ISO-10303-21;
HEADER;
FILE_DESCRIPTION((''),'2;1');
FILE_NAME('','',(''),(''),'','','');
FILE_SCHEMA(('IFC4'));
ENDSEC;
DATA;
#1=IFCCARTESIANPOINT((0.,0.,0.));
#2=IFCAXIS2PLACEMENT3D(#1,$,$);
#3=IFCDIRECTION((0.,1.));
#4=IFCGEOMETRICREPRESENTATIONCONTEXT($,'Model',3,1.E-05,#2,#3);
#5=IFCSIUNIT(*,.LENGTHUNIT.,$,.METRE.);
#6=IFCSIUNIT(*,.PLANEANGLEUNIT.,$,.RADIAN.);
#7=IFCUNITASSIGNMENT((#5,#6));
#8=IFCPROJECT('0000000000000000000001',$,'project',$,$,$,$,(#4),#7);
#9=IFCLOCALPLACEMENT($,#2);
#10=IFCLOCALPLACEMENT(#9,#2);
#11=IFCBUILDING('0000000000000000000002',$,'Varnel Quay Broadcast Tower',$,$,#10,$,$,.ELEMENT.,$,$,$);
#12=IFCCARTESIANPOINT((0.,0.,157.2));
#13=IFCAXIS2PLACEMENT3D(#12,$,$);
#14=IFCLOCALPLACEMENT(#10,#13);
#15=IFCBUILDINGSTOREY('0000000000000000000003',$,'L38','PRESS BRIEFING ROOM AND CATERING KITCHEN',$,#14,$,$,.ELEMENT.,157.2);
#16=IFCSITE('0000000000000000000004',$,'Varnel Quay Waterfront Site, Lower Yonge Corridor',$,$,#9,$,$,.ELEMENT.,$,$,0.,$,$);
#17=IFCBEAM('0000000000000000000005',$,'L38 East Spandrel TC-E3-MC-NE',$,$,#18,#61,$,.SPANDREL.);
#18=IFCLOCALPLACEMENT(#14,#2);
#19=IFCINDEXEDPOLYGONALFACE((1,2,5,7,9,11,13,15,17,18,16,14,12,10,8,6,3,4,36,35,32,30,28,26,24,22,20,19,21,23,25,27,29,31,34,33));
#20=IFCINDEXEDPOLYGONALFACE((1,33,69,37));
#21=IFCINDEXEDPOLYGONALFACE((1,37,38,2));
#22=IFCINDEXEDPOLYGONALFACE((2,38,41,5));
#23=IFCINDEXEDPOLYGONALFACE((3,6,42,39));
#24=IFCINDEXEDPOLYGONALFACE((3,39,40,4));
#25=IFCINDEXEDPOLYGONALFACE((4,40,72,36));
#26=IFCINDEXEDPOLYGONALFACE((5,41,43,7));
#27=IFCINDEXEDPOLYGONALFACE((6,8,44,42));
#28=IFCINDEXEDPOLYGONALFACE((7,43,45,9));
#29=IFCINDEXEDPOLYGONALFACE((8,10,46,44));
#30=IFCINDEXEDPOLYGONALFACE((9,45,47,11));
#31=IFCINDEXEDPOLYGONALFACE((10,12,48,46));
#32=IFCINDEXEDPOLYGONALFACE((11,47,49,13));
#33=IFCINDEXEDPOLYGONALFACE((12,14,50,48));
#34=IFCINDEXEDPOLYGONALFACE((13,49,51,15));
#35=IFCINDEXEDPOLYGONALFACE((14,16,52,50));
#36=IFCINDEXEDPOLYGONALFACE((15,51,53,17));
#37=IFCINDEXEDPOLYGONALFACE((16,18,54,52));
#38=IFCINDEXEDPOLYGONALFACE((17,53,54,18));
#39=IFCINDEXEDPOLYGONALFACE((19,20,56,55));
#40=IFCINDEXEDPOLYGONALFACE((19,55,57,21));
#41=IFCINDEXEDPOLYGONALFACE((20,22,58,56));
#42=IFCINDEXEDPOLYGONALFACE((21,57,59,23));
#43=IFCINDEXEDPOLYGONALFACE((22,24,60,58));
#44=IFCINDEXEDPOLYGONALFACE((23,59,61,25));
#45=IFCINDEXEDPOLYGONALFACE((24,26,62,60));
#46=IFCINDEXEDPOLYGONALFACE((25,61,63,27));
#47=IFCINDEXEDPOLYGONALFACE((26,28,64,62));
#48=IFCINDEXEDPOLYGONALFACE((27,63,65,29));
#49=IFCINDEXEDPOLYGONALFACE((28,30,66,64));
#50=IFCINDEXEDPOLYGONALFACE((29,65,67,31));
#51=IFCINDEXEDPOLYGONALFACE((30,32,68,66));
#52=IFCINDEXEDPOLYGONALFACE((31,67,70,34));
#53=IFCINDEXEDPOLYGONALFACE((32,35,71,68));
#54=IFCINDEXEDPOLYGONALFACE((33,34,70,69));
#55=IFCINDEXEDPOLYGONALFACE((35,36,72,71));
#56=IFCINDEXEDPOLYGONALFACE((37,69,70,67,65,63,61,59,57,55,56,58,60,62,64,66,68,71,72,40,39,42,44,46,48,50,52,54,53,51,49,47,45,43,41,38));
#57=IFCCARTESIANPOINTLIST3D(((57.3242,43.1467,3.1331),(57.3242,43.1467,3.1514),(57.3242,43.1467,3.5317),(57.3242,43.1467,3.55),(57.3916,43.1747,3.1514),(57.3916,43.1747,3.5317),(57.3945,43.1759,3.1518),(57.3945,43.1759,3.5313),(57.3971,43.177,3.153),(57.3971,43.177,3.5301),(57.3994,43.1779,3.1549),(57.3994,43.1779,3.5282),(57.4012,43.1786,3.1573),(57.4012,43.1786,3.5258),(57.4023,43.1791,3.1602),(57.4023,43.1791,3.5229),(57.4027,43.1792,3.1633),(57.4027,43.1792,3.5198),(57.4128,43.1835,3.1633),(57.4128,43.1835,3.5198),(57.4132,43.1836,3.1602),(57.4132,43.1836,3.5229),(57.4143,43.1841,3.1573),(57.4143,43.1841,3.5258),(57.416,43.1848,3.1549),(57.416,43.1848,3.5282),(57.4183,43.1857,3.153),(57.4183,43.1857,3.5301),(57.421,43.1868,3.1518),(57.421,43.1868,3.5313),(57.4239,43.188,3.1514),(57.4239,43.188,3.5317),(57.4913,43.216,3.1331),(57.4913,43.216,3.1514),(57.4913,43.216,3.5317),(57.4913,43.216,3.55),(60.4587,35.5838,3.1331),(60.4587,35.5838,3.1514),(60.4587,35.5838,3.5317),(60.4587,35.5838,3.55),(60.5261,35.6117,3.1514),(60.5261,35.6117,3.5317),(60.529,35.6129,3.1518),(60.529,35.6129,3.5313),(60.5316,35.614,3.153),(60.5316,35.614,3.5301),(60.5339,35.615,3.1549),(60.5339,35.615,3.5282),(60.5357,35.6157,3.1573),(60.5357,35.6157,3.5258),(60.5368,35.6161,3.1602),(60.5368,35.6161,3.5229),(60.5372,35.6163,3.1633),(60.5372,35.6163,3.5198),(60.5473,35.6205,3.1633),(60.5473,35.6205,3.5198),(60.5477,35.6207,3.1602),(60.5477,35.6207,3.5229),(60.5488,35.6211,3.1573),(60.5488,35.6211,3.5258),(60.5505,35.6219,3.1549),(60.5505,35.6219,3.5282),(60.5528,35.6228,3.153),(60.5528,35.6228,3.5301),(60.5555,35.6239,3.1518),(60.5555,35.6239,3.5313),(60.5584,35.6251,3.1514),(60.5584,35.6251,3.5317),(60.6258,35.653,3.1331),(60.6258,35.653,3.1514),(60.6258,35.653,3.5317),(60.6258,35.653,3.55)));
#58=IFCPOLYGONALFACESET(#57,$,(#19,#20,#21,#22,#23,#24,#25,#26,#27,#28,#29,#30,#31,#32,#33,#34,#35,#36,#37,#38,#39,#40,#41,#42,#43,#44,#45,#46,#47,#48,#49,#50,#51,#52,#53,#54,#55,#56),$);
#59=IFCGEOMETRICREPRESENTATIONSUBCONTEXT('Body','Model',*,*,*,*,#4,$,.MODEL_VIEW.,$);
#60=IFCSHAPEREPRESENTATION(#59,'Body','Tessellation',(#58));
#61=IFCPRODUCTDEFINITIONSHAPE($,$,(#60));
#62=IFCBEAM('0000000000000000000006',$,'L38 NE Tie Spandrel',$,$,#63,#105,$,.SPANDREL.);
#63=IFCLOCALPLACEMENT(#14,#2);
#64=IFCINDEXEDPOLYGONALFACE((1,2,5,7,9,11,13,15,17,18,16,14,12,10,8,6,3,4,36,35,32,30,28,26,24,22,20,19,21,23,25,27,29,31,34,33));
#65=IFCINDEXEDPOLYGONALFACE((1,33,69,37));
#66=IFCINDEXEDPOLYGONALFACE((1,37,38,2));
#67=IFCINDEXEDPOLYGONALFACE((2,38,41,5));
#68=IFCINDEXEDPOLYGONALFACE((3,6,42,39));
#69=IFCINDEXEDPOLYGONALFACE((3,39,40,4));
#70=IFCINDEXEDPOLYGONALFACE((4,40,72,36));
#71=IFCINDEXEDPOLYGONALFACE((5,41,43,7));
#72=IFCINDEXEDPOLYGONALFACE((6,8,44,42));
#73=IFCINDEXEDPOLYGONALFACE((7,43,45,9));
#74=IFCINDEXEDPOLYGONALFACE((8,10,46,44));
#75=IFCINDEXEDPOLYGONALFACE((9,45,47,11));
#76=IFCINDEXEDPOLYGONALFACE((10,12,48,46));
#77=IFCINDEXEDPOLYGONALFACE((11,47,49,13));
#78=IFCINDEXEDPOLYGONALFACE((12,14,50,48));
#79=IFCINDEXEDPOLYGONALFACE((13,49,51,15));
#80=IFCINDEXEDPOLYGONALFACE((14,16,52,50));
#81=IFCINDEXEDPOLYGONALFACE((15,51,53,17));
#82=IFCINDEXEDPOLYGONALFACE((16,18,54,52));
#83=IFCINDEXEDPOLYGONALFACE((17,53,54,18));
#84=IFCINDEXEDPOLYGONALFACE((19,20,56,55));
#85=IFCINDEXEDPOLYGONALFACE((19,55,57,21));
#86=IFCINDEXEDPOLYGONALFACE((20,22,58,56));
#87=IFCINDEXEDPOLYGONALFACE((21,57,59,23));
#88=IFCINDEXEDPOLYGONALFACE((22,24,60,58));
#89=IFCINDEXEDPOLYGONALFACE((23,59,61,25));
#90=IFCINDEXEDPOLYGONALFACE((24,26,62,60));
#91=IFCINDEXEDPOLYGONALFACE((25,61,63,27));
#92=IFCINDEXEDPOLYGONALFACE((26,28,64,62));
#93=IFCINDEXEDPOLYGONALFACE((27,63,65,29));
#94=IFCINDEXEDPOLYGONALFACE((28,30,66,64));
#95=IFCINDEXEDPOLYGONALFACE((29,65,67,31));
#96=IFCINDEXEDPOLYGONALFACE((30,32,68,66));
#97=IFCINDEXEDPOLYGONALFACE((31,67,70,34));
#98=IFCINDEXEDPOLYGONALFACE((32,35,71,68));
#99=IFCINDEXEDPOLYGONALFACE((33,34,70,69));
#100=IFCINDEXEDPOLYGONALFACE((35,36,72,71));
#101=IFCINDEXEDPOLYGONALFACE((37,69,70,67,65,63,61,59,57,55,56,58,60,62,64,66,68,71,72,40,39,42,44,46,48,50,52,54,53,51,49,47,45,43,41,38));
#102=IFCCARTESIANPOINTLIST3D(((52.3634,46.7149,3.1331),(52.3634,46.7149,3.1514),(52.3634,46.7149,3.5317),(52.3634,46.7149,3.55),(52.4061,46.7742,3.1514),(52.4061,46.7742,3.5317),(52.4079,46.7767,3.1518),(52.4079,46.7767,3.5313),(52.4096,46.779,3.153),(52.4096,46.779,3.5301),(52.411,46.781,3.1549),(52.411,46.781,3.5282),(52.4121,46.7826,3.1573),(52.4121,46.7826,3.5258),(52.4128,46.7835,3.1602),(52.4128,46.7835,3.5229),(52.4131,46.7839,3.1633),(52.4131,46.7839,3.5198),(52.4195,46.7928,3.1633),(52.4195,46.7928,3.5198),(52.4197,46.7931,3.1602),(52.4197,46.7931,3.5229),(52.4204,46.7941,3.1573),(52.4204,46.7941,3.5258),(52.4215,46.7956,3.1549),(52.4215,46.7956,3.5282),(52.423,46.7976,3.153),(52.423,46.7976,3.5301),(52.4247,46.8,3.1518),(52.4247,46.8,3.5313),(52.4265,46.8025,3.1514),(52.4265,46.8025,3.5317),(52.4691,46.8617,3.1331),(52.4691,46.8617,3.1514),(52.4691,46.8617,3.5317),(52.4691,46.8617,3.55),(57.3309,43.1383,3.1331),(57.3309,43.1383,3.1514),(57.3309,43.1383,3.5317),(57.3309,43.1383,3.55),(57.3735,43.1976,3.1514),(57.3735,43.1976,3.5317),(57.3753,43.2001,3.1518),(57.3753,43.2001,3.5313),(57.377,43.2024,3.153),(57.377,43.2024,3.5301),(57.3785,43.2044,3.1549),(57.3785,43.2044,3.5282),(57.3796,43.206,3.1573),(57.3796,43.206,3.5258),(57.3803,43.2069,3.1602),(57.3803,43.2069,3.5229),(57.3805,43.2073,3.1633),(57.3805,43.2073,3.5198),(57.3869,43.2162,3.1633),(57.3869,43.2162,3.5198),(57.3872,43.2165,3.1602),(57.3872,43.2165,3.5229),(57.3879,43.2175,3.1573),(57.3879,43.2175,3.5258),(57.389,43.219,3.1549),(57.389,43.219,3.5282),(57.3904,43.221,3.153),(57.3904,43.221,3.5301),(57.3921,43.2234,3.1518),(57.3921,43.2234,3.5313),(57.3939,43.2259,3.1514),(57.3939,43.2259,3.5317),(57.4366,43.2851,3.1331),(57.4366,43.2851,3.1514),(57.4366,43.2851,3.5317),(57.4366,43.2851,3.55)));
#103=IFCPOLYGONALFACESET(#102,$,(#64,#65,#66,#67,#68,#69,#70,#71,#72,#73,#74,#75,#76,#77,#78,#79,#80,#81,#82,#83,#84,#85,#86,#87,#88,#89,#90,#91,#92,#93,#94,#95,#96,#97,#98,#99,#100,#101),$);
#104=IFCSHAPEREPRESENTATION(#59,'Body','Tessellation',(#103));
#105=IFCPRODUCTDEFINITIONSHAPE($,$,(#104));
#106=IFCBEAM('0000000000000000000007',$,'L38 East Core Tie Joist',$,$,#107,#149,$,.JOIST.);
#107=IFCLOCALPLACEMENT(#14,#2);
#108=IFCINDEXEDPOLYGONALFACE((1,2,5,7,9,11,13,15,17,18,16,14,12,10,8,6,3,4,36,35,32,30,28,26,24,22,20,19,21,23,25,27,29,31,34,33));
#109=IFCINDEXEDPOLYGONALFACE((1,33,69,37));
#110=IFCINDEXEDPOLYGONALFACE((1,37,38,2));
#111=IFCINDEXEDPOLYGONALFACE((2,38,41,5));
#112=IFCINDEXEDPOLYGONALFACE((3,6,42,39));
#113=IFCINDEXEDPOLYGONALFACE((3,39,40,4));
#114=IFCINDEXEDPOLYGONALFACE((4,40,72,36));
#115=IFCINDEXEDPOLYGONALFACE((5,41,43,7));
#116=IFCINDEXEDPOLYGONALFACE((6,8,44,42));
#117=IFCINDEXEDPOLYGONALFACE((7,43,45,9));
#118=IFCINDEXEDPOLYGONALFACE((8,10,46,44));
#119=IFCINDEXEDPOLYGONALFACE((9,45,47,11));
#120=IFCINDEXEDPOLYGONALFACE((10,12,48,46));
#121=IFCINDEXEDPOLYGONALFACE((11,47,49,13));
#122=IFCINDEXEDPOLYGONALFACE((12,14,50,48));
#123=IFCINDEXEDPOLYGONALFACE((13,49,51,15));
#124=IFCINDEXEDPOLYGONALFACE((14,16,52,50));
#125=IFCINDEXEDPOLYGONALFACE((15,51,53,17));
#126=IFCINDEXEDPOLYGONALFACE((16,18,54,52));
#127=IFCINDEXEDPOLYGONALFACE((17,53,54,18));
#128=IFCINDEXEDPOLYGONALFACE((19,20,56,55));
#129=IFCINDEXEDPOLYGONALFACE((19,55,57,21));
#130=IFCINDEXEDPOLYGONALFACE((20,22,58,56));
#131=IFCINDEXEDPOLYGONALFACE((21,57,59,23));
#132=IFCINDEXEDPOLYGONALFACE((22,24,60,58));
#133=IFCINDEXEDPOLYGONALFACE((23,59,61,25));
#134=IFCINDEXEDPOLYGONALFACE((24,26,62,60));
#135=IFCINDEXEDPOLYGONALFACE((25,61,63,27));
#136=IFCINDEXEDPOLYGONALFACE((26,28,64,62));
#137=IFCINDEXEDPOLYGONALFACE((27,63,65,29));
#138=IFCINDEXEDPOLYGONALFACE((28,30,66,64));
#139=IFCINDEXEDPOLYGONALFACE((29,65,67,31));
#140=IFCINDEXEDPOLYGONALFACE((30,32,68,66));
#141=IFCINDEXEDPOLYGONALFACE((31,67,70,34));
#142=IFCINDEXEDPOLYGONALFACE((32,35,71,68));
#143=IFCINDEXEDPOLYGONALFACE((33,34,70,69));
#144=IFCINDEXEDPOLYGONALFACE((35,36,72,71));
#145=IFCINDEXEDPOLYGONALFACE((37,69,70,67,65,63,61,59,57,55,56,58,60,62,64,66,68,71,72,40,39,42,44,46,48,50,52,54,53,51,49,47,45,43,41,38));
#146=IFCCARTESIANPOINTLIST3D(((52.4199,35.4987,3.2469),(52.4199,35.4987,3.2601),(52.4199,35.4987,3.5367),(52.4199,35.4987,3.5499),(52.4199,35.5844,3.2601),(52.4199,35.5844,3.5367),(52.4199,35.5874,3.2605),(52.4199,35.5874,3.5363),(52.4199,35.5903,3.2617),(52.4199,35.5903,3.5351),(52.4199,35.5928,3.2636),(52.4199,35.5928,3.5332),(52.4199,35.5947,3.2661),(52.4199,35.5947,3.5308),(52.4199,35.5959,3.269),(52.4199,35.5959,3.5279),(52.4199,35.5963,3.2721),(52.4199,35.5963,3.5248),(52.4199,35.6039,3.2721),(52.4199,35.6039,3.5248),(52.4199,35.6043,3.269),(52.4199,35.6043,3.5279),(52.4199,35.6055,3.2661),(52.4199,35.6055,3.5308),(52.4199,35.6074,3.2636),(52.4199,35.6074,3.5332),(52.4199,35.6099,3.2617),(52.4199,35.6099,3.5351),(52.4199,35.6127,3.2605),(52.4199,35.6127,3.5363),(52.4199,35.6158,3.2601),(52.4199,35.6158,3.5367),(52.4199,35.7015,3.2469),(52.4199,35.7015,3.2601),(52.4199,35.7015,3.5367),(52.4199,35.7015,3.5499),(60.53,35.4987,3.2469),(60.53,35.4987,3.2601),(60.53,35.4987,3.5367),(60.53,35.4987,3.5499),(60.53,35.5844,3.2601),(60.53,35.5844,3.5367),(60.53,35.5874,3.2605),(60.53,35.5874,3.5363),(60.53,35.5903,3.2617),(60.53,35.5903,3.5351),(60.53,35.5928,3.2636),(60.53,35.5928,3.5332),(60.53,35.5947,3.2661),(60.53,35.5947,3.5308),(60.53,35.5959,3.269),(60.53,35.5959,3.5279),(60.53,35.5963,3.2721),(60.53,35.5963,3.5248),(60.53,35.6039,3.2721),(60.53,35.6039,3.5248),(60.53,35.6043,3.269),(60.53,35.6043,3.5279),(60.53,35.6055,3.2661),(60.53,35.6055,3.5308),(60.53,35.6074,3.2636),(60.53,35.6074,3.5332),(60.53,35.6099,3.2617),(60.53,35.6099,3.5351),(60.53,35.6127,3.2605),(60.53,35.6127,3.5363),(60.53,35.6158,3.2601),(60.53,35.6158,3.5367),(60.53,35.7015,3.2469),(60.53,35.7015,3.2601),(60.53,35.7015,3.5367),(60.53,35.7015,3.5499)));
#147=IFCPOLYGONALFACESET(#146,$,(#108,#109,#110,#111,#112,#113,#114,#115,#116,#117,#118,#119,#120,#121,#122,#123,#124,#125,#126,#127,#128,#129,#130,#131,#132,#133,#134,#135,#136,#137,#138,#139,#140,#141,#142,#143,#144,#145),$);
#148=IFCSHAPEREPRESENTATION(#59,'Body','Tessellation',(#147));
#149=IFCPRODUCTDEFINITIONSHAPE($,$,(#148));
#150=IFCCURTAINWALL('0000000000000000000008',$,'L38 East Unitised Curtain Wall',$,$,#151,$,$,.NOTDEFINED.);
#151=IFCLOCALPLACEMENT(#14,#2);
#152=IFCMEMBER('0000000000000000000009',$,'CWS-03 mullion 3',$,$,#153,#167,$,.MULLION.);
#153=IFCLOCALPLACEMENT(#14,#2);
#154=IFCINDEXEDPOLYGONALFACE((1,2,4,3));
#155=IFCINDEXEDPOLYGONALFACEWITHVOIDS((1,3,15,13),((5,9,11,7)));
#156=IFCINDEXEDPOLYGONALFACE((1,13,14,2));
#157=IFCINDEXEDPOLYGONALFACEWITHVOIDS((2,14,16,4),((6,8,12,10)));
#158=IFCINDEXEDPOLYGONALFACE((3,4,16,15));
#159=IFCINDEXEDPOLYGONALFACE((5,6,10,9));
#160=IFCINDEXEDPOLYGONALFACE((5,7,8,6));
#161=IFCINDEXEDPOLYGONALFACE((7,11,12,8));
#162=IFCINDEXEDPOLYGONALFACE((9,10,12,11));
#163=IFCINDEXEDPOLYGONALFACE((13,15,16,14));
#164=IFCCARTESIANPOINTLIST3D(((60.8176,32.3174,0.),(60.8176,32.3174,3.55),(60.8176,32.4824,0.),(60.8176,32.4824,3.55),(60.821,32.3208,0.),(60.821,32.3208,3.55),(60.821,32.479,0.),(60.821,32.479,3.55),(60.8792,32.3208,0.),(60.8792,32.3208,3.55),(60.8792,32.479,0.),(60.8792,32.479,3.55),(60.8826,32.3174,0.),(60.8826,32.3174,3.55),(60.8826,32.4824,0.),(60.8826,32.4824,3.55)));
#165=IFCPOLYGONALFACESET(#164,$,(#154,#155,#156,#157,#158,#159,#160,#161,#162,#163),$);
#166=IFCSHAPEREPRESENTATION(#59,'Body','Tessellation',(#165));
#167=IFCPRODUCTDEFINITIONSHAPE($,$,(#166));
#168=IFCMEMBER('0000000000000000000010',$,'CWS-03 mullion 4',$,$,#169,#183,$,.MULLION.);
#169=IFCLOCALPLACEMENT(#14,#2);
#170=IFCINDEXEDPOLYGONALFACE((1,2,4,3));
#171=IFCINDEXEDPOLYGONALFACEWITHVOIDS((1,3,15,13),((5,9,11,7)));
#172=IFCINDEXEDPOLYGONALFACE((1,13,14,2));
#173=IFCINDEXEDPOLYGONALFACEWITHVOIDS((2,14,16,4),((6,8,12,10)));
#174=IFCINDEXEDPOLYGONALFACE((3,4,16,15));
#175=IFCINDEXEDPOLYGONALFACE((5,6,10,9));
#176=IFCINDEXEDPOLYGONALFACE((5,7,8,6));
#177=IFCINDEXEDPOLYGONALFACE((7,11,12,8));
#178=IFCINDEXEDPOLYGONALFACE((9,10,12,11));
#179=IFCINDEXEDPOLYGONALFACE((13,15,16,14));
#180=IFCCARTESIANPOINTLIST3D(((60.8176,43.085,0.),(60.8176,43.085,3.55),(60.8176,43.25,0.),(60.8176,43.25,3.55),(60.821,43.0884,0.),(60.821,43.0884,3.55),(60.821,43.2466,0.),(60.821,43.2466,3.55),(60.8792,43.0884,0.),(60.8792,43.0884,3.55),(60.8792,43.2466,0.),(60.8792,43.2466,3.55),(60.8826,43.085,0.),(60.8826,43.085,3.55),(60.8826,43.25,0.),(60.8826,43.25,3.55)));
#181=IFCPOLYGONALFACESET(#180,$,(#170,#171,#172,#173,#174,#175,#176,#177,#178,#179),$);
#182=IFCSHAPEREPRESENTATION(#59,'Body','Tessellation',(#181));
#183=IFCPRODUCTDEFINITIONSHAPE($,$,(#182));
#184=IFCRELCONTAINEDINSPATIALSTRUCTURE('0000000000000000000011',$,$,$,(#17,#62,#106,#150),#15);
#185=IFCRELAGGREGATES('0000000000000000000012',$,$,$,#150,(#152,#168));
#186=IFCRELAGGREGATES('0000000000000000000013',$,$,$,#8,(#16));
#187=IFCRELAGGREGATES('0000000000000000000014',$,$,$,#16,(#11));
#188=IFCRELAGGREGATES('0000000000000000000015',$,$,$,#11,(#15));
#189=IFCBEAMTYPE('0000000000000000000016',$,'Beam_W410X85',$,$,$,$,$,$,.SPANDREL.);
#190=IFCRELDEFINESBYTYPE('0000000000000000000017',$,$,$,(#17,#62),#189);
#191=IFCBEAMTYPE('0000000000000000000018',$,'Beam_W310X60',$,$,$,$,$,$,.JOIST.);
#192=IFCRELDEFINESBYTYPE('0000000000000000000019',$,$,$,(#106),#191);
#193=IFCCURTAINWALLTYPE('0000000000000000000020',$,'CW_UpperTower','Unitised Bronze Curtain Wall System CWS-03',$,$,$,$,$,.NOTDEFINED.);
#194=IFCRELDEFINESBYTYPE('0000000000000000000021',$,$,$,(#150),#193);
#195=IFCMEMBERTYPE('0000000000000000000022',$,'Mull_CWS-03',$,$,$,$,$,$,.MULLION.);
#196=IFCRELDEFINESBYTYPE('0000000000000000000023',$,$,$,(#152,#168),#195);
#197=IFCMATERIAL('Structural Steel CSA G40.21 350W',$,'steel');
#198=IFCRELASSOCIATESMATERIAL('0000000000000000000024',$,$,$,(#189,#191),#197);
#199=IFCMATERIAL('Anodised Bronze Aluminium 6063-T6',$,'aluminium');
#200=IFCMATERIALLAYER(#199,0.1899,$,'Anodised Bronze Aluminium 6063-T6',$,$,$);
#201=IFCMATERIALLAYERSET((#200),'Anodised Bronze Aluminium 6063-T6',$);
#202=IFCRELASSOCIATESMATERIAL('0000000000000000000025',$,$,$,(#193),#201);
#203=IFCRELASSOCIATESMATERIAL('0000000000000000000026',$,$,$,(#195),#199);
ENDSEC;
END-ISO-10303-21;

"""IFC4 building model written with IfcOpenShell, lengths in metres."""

from ifc_helpers import new_model, si_unit, direction, frame, origin, origin_2d, place, context, subcontext, project, spatial, hollow_rectangle, i_section, extrude, source, transform, mapped, material, layer, layer_set, material_profile, profile_set, type_object, type_shapes, element, aggregate, save


model = new_model("IFC4")

# Units and contexts
model_context = context("Model", 3, precision=1e-05, world=origin(), true_north=direction((0.0, 1.0)))
body_context = subcontext(model_context, "Body", "Model", "MODEL_VIEW")
ifc_project = project(units=[si_unit("LENGTHUNIT", "METRE"), si_unit("PLANEANGLEUNIT", "RADIAN")], contexts=[model_context])

# Site, building, storey
site_placement = place(None, origin())
site = spatial("IfcSite", under=ifc_project, at=site_placement, Name="Varnel Quay Waterfront Site, Lower Yonge Corridor", CompositionType="ELEMENT", RefElevation=0.0)
building_placement = place(site_placement, origin())
building = spatial("IfcBuilding", under=site, at=building_placement, Name="Varnel Quay Broadcast Tower", CompositionType="ELEMENT")
storey_placement = place(building_placement, frame((0.0, 0.0, 157.2)))
storey = spatial("IfcBuildingStorey", under=building, at=storey_placement, Name="L38", Description="PRESS BRIEFING ROOM AND CATERING KITCHEN", CompositionType="ELEMENT", Elevation=157.2)

# Shared definitions
ifc_material_1 = material(Name="Structural Steel CSA G40.21 350W", Category="steel")

# Beams
ifc_material_profile_1 = material_profile(ifc_material_1, i_section(OverallWidth=0.1809, OverallDepth=0.417, WebThickness=0.011, FlangeThickness=0.0183, FilletRadius=0.012, at=origin_2d()), Name="W410X85")
ifc_profile_set_1 = profile_set([ifc_material_profile_1], Name="Structural Steel CSA G40.21 350W")
beam_type_1 = type_object("IfcBeamType", Name="Beam_W410X85", PredefinedType="SPANDREL", material=ifc_profile_set_1)
shared_shape_1 = source(origin(), body_context, "Body", "SweptSolid", [
    extrude(i_section(OverallWidth=0.1809, OverallDepth=0.417, WebThickness=0.011, FlangeThickness=0.0183, FilletRadius=0.012, at=origin_2d()), origin(), (0.0, 0.0, 1.0), 8.1868),
])
beam_1_placement = place(storey_placement, frame((60.5422, 35.6184, 3.3416), z_axis=(-0.382874, 0.923801, 0.0), x_axis=(-0.923801, -0.382874, 0.0)))
element("IfcBeam", 1, at=beam_1_placement, inside=storey, type_object=beam_type_1, Name="L38 East Spandrel TC-E3-MC-NE", PredefinedType="SPANDREL", context=body_context, shape_type="MappedRepresentation", body=[
    mapped(shared_shape_1, transform((0.0, 0.0, 0.0), x_axis=(1.0, 0.0, 0.0), y_axis=(0.0, 1.0, 0.0), z_axis=(0.0, 0.0, 1.0), scale=1.0)),
])
shared_shape_2 = source(origin(), body_context, "Body", "SweptSolid", [
    extrude(i_section(OverallWidth=0.1809, OverallDepth=0.417, WebThickness=0.011, FlangeThickness=0.0183, FilletRadius=0.012, at=origin_2d()), origin(), (0.0, 0.0, 1.0), 6.1211),
])
type_shapes(beam_type_1, [shared_shape_1, shared_shape_2])
beam_2_placement = place(storey_placement, frame((52.4163, 46.7883, 3.3416), z_axis=(0.811531, -0.584309, 0.0), x_axis=(0.584309, 0.811531, 0.0)))
element("IfcBeam", 2, at=beam_2_placement, inside=storey, type_object=beam_type_1, Name="L38 NE Tie Spandrel", PredefinedType="SPANDREL", context=body_context, shape_type="MappedRepresentation", body=[
    mapped(shared_shape_2, transform((0.0, 0.0, 0.0), x_axis=(1.0, 0.0, 0.0), y_axis=(0.0, 1.0, 0.0), z_axis=(0.0, 0.0, 1.0), scale=1.0)),
])
ifc_material_profile_2 = material_profile(ifc_material_1, i_section(OverallWidth=0.2029, OverallDepth=0.303, WebThickness=0.0076, FlangeThickness=0.0132, FilletRadius=0.012, at=origin_2d()), Name="W310X60")
ifc_profile_set_2 = profile_set([ifc_material_profile_2], Name="Structural Steel CSA G40.21 350W")
beam_type_2 = type_object("IfcBeamType", Name="Beam_W310X60", PredefinedType="JOIST", material=ifc_profile_set_2)
shared_shape_3 = source(origin(), body_context, "Body", "SweptSolid", [
    extrude(i_section(OverallWidth=0.2029, OverallDepth=0.303, WebThickness=0.0076, FlangeThickness=0.0132, FilletRadius=0.012, at=origin_2d()), origin(), (0.0, 0.0, 1.0), 8.1101),
])
type_shapes(beam_type_2, [shared_shape_3])
beam_3_placement = place(storey_placement, frame((52.4199, 35.6001, 3.3984), z_axis=(1.0, 0.0, 0.0), x_axis=(0.0, 1.0, 0.0)))
element("IfcBeam", 3, at=beam_3_placement, inside=storey, type_object=beam_type_2, Name="L38 East Core Tie Joist", PredefinedType="JOIST", context=body_context, shape_type="MappedRepresentation", body=[
    mapped(shared_shape_3, transform((0.0, 0.0, 0.0), x_axis=(1.0, 0.0, 0.0), y_axis=(0.0, 1.0, 0.0), z_axis=(0.0, 0.0, 1.0), scale=1.0)),
])

# Curtain wall, members
ifc_material_2 = material(Name="Anodised Bronze Aluminium 6063-T6", Category="aluminium")
ifc_layer_1 = layer(ifc_material_2, 0.1899, Name="Anodised Bronze Aluminium 6063-T6")
ifc_layer_set_1 = layer_set([ifc_layer_1], Name="Anodised Bronze Aluminium 6063-T6")
curtain_wall_type = type_object("IfcCurtainWallType", Name="CW_UpperTower", Description="Unitised Bronze Curtain Wall System CWS-03", PredefinedType="NOTDEFINED", material=ifc_layer_set_1)
curtain_wall_1_placement = place(storey_placement, origin())
curtain_wall_1 = element("IfcCurtainWall", 4, at=curtain_wall_1_placement, inside=storey, type_object=curtain_wall_type, Name="L38 East Unitised Curtain Wall", PredefinedType="NOTDEFINED")
ifc_material_profile_3 = material_profile(ifc_material_2, hollow_rectangle(XDim=0.0649, YDim=0.165, WallThickness=0.0034, at=origin_2d()), Name="ALU65X165X3.5")
ifc_profile_set_3 = profile_set([ifc_material_profile_3], Name="Anodised Bronze Aluminium 6063-T6")
member_type_1 = type_object("IfcMemberType", Name="Mull_CWS-03", PredefinedType="MULLION", material=ifc_profile_set_3)
shared_shape_4 = source(origin(), body_context, "Body", "SweptSolid", [
    extrude(hollow_rectangle(XDim=0.0649, YDim=0.165, WallThickness=0.0034, at=origin_2d()), origin(), (0.0, 0.0, 1.0), 3.55),
])
type_shapes(member_type_1, [shared_shape_4])
member_1_placement = place(storey_placement, frame((60.8501, 32.3999, 0.0), z_axis=(0.0, 0.0, 1.0), x_axis=(-1.0, 0.0, 0.0)))
member_1 = element("IfcMember", 5, at=member_1_placement, type_object=member_type_1, Name="CWS-03 mullion 3", PredefinedType="MULLION", context=body_context, shape_type="MappedRepresentation", body=[
    mapped(shared_shape_4, transform((0.0, 0.0, 0.0), x_axis=(1.0, 0.0, 0.0), y_axis=(0.0, 1.0, 0.0), z_axis=(0.0, 0.0, 1.0), scale=1.0)),
])
member_2_placement = place(storey_placement, frame((60.8501, 43.1675, 0.0), z_axis=(0.0, 0.0, 1.0), x_axis=(-1.0, 0.0, 0.0)))
member_2 = element("IfcMember", 6, at=member_2_placement, type_object=member_type_1, Name="CWS-03 mullion 4", PredefinedType="MULLION", context=body_context, shape_type="MappedRepresentation", body=[
    mapped(shared_shape_4, transform((0.0, 0.0, 0.0), x_axis=(1.0, 0.0, 0.0), y_axis=(0.0, 1.0, 0.0), z_axis=(0.0, 0.0, 1.0), scale=1.0)),
])

aggregate(curtain_wall_1, [member_1, member_2])

save(model, "model.ifc")
